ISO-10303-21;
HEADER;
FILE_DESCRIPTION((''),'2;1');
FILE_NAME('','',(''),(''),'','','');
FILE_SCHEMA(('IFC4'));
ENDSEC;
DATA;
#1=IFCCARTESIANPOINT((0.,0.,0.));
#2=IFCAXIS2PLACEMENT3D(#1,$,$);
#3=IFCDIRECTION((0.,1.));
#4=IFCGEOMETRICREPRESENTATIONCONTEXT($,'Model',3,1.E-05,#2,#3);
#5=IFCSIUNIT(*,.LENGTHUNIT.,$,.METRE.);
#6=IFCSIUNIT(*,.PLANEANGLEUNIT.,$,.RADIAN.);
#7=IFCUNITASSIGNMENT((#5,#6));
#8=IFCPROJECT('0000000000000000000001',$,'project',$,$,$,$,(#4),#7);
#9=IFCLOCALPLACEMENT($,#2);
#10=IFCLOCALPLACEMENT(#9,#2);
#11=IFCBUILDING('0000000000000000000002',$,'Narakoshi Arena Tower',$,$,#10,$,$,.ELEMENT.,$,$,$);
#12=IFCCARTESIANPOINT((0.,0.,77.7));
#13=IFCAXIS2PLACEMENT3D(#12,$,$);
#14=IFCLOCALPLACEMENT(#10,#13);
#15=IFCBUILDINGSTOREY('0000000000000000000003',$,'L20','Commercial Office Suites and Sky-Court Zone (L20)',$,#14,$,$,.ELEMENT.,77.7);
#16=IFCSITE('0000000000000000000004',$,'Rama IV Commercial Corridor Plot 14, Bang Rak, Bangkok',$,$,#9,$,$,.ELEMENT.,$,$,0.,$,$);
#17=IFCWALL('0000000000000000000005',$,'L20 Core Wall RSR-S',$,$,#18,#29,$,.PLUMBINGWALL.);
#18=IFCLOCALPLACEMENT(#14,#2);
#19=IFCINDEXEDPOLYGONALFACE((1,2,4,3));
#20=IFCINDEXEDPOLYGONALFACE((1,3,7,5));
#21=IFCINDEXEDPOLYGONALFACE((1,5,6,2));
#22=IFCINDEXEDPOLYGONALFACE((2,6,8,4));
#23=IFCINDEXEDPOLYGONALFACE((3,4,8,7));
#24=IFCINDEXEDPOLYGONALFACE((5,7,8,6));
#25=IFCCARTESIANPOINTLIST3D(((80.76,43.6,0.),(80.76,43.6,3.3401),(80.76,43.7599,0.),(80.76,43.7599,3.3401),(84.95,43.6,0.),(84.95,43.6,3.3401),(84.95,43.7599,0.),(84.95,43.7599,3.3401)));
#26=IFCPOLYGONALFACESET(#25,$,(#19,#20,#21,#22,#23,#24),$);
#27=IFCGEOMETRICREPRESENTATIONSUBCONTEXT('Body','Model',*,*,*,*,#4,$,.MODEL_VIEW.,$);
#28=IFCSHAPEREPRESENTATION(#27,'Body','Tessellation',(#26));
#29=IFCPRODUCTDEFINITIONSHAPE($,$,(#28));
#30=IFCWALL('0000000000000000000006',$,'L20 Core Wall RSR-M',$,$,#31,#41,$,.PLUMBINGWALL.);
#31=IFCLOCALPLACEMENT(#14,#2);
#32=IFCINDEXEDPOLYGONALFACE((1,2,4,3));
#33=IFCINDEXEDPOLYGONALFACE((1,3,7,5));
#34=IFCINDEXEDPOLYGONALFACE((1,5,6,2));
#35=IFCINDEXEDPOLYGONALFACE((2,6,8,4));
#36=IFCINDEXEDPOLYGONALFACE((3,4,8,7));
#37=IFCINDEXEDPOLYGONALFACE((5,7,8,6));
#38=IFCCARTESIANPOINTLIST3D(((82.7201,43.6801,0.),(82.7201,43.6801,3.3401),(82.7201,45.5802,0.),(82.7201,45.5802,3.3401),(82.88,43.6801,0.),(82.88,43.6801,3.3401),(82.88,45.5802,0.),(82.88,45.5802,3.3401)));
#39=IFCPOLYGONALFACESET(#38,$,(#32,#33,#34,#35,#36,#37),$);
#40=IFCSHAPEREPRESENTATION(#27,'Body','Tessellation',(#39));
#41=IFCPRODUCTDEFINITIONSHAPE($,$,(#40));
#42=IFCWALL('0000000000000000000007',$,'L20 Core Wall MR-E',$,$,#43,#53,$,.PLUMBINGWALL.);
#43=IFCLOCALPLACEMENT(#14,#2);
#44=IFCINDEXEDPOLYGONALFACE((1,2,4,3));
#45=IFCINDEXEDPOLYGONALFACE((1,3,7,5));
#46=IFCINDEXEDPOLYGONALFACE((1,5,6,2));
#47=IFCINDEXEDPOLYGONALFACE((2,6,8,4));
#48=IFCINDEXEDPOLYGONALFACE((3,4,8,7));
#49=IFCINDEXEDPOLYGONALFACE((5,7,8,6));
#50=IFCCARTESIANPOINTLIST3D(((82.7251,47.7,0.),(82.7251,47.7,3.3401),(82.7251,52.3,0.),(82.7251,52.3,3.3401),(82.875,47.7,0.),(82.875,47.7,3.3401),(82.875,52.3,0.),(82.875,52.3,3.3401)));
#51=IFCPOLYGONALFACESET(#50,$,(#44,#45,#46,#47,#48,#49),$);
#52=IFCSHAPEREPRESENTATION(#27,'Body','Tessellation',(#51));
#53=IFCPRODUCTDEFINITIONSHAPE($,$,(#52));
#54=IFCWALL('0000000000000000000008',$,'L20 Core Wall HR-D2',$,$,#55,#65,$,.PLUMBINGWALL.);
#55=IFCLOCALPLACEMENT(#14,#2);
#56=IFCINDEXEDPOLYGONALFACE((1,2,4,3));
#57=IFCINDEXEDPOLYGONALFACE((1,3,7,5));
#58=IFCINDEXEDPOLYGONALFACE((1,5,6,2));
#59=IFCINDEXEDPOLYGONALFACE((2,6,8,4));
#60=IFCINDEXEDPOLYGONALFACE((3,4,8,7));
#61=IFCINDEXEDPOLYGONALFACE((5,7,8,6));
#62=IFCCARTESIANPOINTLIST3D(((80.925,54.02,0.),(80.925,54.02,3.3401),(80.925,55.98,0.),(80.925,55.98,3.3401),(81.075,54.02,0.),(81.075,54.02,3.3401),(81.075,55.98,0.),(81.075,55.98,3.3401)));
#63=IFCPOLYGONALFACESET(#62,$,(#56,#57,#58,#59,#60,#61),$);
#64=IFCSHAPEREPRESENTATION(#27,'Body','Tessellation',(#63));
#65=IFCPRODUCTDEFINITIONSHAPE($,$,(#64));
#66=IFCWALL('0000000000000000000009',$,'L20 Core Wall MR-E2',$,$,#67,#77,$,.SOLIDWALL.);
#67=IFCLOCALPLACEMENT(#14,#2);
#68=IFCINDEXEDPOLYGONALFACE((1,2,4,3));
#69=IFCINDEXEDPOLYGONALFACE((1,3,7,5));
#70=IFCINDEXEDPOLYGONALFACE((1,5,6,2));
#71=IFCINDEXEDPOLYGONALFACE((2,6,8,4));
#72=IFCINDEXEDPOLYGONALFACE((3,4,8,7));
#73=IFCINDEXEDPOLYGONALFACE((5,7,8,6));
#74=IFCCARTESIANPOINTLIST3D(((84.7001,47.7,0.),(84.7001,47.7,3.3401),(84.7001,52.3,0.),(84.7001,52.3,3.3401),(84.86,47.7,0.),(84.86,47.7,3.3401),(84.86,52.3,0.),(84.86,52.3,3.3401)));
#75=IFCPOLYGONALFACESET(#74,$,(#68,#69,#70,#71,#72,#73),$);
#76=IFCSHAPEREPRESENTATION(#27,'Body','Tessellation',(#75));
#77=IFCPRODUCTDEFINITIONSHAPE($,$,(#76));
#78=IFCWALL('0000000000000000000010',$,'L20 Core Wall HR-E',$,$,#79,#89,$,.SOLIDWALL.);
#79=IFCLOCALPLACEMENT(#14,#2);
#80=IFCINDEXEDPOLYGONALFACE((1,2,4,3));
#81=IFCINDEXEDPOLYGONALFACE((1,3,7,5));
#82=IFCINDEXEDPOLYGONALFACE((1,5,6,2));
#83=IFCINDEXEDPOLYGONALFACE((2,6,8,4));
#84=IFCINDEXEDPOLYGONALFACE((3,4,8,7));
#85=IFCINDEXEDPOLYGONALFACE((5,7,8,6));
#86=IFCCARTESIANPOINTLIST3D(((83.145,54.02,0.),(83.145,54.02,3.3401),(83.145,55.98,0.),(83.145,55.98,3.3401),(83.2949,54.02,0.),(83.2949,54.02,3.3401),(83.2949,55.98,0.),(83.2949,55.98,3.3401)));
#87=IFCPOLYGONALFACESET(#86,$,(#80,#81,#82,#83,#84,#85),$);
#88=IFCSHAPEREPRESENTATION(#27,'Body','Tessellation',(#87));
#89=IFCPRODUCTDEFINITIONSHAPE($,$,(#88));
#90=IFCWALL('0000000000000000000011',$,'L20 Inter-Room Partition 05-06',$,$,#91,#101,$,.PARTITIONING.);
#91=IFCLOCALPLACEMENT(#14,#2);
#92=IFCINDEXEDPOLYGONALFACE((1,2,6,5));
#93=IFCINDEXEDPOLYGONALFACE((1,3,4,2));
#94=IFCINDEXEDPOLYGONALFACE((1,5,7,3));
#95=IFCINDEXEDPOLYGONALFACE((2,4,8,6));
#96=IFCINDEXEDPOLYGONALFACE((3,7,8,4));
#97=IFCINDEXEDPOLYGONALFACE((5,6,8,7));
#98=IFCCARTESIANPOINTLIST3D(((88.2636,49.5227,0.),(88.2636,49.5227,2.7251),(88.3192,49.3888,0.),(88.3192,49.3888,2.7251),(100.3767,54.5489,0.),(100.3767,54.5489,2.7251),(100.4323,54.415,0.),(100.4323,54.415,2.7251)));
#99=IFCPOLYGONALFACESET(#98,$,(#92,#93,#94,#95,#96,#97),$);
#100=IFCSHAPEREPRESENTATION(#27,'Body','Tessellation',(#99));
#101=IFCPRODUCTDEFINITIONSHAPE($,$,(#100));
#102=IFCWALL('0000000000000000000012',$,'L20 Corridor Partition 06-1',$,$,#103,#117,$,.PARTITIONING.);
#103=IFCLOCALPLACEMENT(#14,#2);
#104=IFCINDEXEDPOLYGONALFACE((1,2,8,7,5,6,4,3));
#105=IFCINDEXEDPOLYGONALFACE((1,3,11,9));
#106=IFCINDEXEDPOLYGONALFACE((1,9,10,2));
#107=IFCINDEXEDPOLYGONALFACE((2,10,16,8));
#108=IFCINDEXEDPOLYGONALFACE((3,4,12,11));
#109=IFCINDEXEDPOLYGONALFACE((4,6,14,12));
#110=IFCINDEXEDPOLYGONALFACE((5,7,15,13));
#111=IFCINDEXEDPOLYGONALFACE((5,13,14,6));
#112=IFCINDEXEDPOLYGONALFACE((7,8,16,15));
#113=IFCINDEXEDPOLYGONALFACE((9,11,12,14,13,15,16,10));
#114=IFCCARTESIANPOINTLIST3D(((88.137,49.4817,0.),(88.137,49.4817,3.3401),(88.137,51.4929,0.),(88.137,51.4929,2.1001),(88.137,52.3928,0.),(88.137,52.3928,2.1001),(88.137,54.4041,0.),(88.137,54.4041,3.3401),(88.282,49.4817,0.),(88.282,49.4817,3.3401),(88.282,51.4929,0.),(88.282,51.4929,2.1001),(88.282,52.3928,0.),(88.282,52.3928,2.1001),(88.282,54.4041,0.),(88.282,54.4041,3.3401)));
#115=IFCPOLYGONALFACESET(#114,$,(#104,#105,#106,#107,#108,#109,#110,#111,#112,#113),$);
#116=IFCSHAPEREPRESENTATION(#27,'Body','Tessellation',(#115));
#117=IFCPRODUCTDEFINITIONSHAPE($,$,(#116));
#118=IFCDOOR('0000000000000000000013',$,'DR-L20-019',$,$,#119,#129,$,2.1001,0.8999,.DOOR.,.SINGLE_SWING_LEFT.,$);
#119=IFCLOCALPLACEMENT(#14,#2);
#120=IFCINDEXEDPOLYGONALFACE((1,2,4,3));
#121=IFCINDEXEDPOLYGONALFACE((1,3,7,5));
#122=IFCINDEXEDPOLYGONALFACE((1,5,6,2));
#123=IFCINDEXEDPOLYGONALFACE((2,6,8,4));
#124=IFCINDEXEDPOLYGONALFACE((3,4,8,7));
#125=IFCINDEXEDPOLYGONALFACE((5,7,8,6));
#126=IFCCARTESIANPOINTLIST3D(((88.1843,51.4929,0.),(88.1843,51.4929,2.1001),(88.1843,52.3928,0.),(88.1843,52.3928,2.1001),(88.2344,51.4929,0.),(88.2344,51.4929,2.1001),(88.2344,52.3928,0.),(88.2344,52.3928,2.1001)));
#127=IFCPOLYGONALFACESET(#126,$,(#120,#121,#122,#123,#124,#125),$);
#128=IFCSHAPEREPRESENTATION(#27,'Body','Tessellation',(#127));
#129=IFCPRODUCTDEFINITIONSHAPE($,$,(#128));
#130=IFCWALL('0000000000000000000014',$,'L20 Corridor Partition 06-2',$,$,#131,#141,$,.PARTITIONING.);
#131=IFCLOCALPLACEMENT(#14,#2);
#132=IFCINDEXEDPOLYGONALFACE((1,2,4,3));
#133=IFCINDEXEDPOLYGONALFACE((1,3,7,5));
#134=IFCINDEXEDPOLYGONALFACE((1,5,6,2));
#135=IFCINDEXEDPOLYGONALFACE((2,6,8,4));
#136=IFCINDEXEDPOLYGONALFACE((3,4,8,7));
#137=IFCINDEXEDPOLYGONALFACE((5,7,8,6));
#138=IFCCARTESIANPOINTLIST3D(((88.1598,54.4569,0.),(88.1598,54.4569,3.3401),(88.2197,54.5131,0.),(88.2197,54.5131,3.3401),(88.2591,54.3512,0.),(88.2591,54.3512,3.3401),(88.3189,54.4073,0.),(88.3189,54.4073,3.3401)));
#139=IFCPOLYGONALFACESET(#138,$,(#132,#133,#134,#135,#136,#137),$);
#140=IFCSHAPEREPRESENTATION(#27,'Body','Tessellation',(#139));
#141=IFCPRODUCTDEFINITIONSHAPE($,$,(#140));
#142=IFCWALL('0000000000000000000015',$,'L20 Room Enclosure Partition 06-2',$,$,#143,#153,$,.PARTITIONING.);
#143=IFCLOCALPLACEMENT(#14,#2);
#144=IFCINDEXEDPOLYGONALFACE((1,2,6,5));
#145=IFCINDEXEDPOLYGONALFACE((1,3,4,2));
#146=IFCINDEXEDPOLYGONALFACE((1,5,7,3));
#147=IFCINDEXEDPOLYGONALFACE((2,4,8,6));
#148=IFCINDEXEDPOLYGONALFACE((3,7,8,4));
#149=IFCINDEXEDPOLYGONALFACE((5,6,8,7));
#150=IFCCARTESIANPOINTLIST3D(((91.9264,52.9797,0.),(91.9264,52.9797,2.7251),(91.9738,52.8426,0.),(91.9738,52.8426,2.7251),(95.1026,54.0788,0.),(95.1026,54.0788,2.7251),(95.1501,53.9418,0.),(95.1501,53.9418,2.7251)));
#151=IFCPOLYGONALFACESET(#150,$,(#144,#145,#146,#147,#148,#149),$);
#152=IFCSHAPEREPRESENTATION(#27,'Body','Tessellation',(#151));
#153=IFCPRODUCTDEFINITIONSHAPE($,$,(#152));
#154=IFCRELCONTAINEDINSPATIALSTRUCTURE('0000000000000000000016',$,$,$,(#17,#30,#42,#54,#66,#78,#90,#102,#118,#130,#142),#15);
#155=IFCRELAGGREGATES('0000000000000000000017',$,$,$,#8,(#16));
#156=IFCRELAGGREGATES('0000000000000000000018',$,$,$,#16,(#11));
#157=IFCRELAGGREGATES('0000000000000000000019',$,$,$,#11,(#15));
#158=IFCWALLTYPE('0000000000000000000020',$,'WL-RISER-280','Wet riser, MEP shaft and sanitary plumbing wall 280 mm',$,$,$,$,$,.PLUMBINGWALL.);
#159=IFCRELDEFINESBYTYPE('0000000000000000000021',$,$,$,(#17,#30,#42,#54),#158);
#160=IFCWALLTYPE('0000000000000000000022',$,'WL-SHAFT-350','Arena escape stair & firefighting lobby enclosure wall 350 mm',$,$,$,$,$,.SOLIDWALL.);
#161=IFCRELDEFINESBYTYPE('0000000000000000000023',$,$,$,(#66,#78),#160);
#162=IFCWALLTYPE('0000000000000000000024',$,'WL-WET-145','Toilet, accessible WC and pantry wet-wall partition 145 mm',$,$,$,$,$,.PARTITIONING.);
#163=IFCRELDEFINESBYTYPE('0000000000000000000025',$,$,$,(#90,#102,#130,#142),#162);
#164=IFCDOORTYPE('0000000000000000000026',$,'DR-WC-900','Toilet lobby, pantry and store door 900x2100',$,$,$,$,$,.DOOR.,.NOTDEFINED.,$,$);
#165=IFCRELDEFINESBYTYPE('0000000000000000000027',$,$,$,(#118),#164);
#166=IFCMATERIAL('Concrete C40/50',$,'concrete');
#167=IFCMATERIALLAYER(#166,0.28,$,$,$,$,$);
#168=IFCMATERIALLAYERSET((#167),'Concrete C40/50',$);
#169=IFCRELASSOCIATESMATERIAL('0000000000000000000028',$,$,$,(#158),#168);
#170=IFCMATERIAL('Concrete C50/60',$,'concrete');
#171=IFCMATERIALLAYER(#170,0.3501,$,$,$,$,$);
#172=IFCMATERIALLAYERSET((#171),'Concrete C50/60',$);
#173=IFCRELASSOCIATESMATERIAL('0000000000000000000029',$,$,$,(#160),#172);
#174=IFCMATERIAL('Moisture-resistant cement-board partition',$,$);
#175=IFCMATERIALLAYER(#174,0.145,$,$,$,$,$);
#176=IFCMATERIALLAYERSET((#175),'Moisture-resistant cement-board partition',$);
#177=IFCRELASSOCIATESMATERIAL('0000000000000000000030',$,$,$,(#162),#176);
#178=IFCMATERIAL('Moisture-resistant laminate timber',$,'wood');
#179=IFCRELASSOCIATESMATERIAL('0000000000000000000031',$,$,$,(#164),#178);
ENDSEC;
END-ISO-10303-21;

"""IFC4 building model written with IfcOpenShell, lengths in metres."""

from ifc_helpers import new_model, si_unit, direction, frame, frame_2d, origin, place, context, subcontext, project, spatial, rectangle, extrude, material, layer, layer_set, type_object, element, fill, save


model = new_model("IFC4")

# Units and contexts
model_context = context("Model", 3, precision=1e-05, world=origin(), true_north=direction((0.0, 1.0)))
body_context = subcontext(model_context, "Body", "Model", "MODEL_VIEW")
ifc_project = project(units=[si_unit("LENGTHUNIT", "METRE"), si_unit("PLANEANGLEUNIT", "RADIAN")], contexts=[model_context])

# Site, building, storey
site_placement = place(None, origin())
site = spatial("IfcSite", under=ifc_project, at=site_placement, Name="Rama IV Commercial Corridor Plot 14, Bang Rak, Bangkok", CompositionType="ELEMENT", RefElevation=0.0)
building_placement = place(site_placement, origin())
building = spatial("IfcBuilding", under=site, at=building_placement, Name="Narakoshi Arena Tower", CompositionType="ELEMENT")
storey_placement = place(building_placement, frame((0.0, 0.0, 77.7)))
storey = spatial("IfcBuildingStorey", under=building, at=storey_placement, Name="L20", Description="Commercial Office Suites and Sky-Court Zone (L20)", CompositionType="ELEMENT", Elevation=77.7)

# Shared definitions
ifc_material_1 = material(Name="Concrete C40/50", Category="concrete")
ifc_layer_1 = layer(ifc_material_1, 0.28)
ifc_layer_set_1 = layer_set([ifc_layer_1], Name="Concrete C40/50")
wall_type_1 = type_object("IfcWallType", Name="WL-RISER-280", Description="Wet riser, MEP shaft and sanitary plumbing wall 280 mm", PredefinedType="PLUMBINGWALL", material=ifc_layer_set_1)

# Walls
wall_1_placement = place(storey_placement, frame((80.76, 43.6799, 0.0), z_axis=(0.0, 0.0, 1.0), x_axis=(1.0, 0.0, 0.0)))
element("IfcWall", 1, at=wall_1_placement, inside=storey, type_object=wall_type_1, Name="L20 Core Wall RSR-S", PredefinedType="PLUMBINGWALL", context=body_context, shape_type="SweptSolid", body=[
    extrude(rectangle(XDim=4.1899, YDim=0.1599, at=frame_2d((2.095, 0.0))), origin(), (0.0, 0.0, 1.0), 3.3401),
])
wall_2_placement = place(storey_placement, frame((82.8, 43.6799, 0.0), z_axis=(0.0, 0.0, 1.0), x_axis=(0.0, 1.0, 0.0)))
element("IfcWall", 2, at=wall_2_placement, inside=storey, type_object=wall_type_1, Name="L20 Core Wall RSR-M", PredefinedType="PLUMBINGWALL", context=body_context, shape_type="SweptSolid", body=[
    extrude(rectangle(XDim=1.9001, YDim=0.1599, at=frame_2d((0.9502, 0.0))), origin(), (0.0, 0.0, 1.0), 3.3401),
])
wall_3_placement = place(storey_placement, frame((82.8, 47.7, 0.0), z_axis=(0.0, 0.0, 1.0), x_axis=(0.0, 1.0, 0.0)))
element("IfcWall", 3, at=wall_3_placement, inside=storey, type_object=wall_type_1, Name="L20 Core Wall MR-E", PredefinedType="PLUMBINGWALL", context=body_context, shape_type="SweptSolid", body=[
    extrude(rectangle(XDim=4.6001, YDim=0.1499, at=frame_2d((2.3, 0.0))), origin(), (0.0, 0.0, 1.0), 3.3401),
])
wall_4_placement = place(storey_placement, frame((81.0, 54.02, 0.0), z_axis=(0.0, 0.0, 1.0), x_axis=(0.0, 1.0, 0.0)))
element("IfcWall", 4, at=wall_4_placement, inside=storey, type_object=wall_type_1, Name="L20 Core Wall HR-D2", PredefinedType="PLUMBINGWALL", context=body_context, shape_type="SweptSolid", body=[
    extrude(rectangle(XDim=1.96, YDim=0.1499, at=frame_2d((0.98, 0.0))), origin(), (0.0, 0.0, 1.0), 3.3401),
])
ifc_material_2 = material(Name="Concrete C50/60", Category="concrete")
ifc_layer_2 = layer(ifc_material_2, 0.3501)
ifc_layer_set_2 = layer_set([ifc_layer_2], Name="Concrete C50/60")
wall_type_2 = type_object("IfcWallType", Name="WL-SHAFT-350", Description="Arena escape stair & firefighting lobby enclosure wall 350 mm", PredefinedType="SOLIDWALL", material=ifc_layer_set_2)
wall_5_placement = place(storey_placement, frame((84.78, 47.7, 0.0), z_axis=(0.0, 0.0, 1.0), x_axis=(0.0, 1.0, 0.0)))
element("IfcWall", 5, at=wall_5_placement, inside=storey, type_object=wall_type_2, Name="L20 Core Wall MR-E2", PredefinedType="SOLIDWALL", context=body_context, shape_type="SweptSolid", body=[
    extrude(rectangle(XDim=4.6001, YDim=0.1599, at=frame_2d((2.3, 0.0))), origin(), (0.0, 0.0, 1.0), 3.3401),
])
wall_6_placement = place(storey_placement, frame((83.22, 54.02, 0.0), z_axis=(0.0, 0.0, 1.0), x_axis=(0.0, 1.0, 0.0)))
element("IfcWall", 6, at=wall_6_placement, inside=storey, type_object=wall_type_2, Name="L20 Core Wall HR-E", PredefinedType="SOLIDWALL", context=body_context, shape_type="SweptSolid", body=[
    extrude(rectangle(XDim=1.96, YDim=0.1499, at=frame_2d((0.98, 0.0))), origin(), (0.0, 0.0, 1.0), 3.3401),
])
ifc_material_3 = material(Name="Moisture-resistant cement-board partition")
ifc_layer_3 = layer(ifc_material_3, 0.145)
ifc_layer_set_3 = layer_set([ifc_layer_3], Name="Moisture-resistant cement-board partition")
wall_type_3 = type_object("IfcWallType", Name="WL-WET-145", Description="Toilet, accessible WC and pantry wet-wall partition 145 mm", PredefinedType="PARTITIONING", material=ifc_layer_set_3)
wall_7_placement = place(storey_placement, frame((88.2915, 49.4558, 0.0), z_axis=(0.0, 0.0, 1.0), x_axis=(0.923644, 0.383252, 0.0)))
element("IfcWall", 7, at=wall_7_placement, inside=storey, type_object=wall_type_3, Name="L20 Inter-Room Partition 05-06", PredefinedType="PARTITIONING", context=body_context, shape_type="SweptSolid", body=[
    extrude(rectangle(XDim=13.1145, YDim=0.145, at=frame_2d((6.5571, 0.0))), origin(), (0.0, 0.0, 1.0), 2.7251),
])

# Wall, opening, door
wall_8_placement = place(storey_placement, frame((88.2095, 49.4817, 0.0), z_axis=(0.0, 0.0, 1.0), x_axis=(0.0, 1.0, 0.0)))
wall_8 = element("IfcWall", 8, at=wall_8_placement, inside=storey, type_object=wall_type_3, Name="L20 Corridor Partition 06-1", PredefinedType="PARTITIONING", context=body_context, shape_type="SweptSolid", body=[
    extrude(rectangle(XDim=4.9224, YDim=0.145, at=frame_2d((2.4612, 0.0))), origin(), (0.0, 0.0, 1.0), 3.3401),
])
opening_1_placement = place(wall_8_placement, frame((2.0112, 0.0, 0.0)))
opening_1 = element("IfcOpeningElement", 9, at=opening_1_placement, cuts=wall_8, PredefinedType="OPENING", context=body_context, shape_type="SweptSolid", body=[
    extrude(rectangle(XDim=0.8999, YDim=2.1001, at=frame_2d((0.45, 1.05))), frame((0.0, 0.0825, 0.0), z_axis=(0.0, -1.0, 0.0), x_axis=(1.0, 0.0, 0.0)), (0.0, 0.0, 1.0), 0.165),
])
ifc_material_4 = material(Name="Moisture-resistant laminate timber", Category="wood")
door_type_1 = type_object("IfcDoorType", Name="DR-WC-900", Description="Toilet lobby, pantry and store door 900x2100", OperationType="NOTDEFINED", PredefinedType="DOOR", material=ifc_material_4)
door_1_placement = place(opening_1_placement, frame((0.8999, 0.0, 0.0), z_axis=(0.0, 0.0, 1.0), x_axis=(-1.0, 0.0, 0.0)))
door_1 = element("IfcDoor", 10, at=door_1_placement, inside=storey, type_object=door_type_1, Name="DR-L20-019", OperationType="SINGLE_SWING_LEFT", OverallHeight=2.1001, OverallWidth=0.8999, PredefinedType="DOOR", context=body_context, shape_type="SweptSolid", body=[
    extrude(rectangle(XDim=0.8999, YDim=2.1001, at=frame_2d((0.45, 1.05))), frame((0.0, 0.0249, 0.0), z_axis=(0.0, -1.0, 0.0), x_axis=(1.0, 0.0, 0.0)), (0.0, 0.0, 1.0), 0.05),
])
fill(opening_1, door_1)

# Walls
wall_9_placement = place(storey_placement, frame((88.2095, 54.4041, 0.0), z_axis=(0.0, 0.0, 1.0), x_axis=(0.729073, 0.684436, 0.0)))
element("IfcWall", 11, at=wall_9_placement, inside=storey, type_object=wall_type_3, Name="L20 Corridor Partition 06-2", PredefinedType="PARTITIONING", context=body_context, shape_type="SweptSolid", body=[
    extrude(rectangle(XDim=0.082, YDim=0.145, at=frame_2d((0.041, 0.0))), origin(), (0.0, 0.0, 1.0), 3.3401),
])
wall_10_placement = place(storey_placement, frame((91.95, 52.9111, 0.0), z_axis=(0.0, 0.0, 1.0), x_axis=(0.945019, 0.327016, 0.0)))
element("IfcWall", 12, at=wall_10_placement, inside=storey, type_object=wall_type_3, Name="L20 Room Enclosure Partition 06-2", PredefinedType="PARTITIONING", context=body_context, shape_type="SweptSolid", body=[
    extrude(rectangle(XDim=3.3611, YDim=0.145, at=frame_2d((1.6807, 0.0))), origin(), (0.0, 0.0, 1.0), 2.7251),
])

save(model, "model.ifc")
